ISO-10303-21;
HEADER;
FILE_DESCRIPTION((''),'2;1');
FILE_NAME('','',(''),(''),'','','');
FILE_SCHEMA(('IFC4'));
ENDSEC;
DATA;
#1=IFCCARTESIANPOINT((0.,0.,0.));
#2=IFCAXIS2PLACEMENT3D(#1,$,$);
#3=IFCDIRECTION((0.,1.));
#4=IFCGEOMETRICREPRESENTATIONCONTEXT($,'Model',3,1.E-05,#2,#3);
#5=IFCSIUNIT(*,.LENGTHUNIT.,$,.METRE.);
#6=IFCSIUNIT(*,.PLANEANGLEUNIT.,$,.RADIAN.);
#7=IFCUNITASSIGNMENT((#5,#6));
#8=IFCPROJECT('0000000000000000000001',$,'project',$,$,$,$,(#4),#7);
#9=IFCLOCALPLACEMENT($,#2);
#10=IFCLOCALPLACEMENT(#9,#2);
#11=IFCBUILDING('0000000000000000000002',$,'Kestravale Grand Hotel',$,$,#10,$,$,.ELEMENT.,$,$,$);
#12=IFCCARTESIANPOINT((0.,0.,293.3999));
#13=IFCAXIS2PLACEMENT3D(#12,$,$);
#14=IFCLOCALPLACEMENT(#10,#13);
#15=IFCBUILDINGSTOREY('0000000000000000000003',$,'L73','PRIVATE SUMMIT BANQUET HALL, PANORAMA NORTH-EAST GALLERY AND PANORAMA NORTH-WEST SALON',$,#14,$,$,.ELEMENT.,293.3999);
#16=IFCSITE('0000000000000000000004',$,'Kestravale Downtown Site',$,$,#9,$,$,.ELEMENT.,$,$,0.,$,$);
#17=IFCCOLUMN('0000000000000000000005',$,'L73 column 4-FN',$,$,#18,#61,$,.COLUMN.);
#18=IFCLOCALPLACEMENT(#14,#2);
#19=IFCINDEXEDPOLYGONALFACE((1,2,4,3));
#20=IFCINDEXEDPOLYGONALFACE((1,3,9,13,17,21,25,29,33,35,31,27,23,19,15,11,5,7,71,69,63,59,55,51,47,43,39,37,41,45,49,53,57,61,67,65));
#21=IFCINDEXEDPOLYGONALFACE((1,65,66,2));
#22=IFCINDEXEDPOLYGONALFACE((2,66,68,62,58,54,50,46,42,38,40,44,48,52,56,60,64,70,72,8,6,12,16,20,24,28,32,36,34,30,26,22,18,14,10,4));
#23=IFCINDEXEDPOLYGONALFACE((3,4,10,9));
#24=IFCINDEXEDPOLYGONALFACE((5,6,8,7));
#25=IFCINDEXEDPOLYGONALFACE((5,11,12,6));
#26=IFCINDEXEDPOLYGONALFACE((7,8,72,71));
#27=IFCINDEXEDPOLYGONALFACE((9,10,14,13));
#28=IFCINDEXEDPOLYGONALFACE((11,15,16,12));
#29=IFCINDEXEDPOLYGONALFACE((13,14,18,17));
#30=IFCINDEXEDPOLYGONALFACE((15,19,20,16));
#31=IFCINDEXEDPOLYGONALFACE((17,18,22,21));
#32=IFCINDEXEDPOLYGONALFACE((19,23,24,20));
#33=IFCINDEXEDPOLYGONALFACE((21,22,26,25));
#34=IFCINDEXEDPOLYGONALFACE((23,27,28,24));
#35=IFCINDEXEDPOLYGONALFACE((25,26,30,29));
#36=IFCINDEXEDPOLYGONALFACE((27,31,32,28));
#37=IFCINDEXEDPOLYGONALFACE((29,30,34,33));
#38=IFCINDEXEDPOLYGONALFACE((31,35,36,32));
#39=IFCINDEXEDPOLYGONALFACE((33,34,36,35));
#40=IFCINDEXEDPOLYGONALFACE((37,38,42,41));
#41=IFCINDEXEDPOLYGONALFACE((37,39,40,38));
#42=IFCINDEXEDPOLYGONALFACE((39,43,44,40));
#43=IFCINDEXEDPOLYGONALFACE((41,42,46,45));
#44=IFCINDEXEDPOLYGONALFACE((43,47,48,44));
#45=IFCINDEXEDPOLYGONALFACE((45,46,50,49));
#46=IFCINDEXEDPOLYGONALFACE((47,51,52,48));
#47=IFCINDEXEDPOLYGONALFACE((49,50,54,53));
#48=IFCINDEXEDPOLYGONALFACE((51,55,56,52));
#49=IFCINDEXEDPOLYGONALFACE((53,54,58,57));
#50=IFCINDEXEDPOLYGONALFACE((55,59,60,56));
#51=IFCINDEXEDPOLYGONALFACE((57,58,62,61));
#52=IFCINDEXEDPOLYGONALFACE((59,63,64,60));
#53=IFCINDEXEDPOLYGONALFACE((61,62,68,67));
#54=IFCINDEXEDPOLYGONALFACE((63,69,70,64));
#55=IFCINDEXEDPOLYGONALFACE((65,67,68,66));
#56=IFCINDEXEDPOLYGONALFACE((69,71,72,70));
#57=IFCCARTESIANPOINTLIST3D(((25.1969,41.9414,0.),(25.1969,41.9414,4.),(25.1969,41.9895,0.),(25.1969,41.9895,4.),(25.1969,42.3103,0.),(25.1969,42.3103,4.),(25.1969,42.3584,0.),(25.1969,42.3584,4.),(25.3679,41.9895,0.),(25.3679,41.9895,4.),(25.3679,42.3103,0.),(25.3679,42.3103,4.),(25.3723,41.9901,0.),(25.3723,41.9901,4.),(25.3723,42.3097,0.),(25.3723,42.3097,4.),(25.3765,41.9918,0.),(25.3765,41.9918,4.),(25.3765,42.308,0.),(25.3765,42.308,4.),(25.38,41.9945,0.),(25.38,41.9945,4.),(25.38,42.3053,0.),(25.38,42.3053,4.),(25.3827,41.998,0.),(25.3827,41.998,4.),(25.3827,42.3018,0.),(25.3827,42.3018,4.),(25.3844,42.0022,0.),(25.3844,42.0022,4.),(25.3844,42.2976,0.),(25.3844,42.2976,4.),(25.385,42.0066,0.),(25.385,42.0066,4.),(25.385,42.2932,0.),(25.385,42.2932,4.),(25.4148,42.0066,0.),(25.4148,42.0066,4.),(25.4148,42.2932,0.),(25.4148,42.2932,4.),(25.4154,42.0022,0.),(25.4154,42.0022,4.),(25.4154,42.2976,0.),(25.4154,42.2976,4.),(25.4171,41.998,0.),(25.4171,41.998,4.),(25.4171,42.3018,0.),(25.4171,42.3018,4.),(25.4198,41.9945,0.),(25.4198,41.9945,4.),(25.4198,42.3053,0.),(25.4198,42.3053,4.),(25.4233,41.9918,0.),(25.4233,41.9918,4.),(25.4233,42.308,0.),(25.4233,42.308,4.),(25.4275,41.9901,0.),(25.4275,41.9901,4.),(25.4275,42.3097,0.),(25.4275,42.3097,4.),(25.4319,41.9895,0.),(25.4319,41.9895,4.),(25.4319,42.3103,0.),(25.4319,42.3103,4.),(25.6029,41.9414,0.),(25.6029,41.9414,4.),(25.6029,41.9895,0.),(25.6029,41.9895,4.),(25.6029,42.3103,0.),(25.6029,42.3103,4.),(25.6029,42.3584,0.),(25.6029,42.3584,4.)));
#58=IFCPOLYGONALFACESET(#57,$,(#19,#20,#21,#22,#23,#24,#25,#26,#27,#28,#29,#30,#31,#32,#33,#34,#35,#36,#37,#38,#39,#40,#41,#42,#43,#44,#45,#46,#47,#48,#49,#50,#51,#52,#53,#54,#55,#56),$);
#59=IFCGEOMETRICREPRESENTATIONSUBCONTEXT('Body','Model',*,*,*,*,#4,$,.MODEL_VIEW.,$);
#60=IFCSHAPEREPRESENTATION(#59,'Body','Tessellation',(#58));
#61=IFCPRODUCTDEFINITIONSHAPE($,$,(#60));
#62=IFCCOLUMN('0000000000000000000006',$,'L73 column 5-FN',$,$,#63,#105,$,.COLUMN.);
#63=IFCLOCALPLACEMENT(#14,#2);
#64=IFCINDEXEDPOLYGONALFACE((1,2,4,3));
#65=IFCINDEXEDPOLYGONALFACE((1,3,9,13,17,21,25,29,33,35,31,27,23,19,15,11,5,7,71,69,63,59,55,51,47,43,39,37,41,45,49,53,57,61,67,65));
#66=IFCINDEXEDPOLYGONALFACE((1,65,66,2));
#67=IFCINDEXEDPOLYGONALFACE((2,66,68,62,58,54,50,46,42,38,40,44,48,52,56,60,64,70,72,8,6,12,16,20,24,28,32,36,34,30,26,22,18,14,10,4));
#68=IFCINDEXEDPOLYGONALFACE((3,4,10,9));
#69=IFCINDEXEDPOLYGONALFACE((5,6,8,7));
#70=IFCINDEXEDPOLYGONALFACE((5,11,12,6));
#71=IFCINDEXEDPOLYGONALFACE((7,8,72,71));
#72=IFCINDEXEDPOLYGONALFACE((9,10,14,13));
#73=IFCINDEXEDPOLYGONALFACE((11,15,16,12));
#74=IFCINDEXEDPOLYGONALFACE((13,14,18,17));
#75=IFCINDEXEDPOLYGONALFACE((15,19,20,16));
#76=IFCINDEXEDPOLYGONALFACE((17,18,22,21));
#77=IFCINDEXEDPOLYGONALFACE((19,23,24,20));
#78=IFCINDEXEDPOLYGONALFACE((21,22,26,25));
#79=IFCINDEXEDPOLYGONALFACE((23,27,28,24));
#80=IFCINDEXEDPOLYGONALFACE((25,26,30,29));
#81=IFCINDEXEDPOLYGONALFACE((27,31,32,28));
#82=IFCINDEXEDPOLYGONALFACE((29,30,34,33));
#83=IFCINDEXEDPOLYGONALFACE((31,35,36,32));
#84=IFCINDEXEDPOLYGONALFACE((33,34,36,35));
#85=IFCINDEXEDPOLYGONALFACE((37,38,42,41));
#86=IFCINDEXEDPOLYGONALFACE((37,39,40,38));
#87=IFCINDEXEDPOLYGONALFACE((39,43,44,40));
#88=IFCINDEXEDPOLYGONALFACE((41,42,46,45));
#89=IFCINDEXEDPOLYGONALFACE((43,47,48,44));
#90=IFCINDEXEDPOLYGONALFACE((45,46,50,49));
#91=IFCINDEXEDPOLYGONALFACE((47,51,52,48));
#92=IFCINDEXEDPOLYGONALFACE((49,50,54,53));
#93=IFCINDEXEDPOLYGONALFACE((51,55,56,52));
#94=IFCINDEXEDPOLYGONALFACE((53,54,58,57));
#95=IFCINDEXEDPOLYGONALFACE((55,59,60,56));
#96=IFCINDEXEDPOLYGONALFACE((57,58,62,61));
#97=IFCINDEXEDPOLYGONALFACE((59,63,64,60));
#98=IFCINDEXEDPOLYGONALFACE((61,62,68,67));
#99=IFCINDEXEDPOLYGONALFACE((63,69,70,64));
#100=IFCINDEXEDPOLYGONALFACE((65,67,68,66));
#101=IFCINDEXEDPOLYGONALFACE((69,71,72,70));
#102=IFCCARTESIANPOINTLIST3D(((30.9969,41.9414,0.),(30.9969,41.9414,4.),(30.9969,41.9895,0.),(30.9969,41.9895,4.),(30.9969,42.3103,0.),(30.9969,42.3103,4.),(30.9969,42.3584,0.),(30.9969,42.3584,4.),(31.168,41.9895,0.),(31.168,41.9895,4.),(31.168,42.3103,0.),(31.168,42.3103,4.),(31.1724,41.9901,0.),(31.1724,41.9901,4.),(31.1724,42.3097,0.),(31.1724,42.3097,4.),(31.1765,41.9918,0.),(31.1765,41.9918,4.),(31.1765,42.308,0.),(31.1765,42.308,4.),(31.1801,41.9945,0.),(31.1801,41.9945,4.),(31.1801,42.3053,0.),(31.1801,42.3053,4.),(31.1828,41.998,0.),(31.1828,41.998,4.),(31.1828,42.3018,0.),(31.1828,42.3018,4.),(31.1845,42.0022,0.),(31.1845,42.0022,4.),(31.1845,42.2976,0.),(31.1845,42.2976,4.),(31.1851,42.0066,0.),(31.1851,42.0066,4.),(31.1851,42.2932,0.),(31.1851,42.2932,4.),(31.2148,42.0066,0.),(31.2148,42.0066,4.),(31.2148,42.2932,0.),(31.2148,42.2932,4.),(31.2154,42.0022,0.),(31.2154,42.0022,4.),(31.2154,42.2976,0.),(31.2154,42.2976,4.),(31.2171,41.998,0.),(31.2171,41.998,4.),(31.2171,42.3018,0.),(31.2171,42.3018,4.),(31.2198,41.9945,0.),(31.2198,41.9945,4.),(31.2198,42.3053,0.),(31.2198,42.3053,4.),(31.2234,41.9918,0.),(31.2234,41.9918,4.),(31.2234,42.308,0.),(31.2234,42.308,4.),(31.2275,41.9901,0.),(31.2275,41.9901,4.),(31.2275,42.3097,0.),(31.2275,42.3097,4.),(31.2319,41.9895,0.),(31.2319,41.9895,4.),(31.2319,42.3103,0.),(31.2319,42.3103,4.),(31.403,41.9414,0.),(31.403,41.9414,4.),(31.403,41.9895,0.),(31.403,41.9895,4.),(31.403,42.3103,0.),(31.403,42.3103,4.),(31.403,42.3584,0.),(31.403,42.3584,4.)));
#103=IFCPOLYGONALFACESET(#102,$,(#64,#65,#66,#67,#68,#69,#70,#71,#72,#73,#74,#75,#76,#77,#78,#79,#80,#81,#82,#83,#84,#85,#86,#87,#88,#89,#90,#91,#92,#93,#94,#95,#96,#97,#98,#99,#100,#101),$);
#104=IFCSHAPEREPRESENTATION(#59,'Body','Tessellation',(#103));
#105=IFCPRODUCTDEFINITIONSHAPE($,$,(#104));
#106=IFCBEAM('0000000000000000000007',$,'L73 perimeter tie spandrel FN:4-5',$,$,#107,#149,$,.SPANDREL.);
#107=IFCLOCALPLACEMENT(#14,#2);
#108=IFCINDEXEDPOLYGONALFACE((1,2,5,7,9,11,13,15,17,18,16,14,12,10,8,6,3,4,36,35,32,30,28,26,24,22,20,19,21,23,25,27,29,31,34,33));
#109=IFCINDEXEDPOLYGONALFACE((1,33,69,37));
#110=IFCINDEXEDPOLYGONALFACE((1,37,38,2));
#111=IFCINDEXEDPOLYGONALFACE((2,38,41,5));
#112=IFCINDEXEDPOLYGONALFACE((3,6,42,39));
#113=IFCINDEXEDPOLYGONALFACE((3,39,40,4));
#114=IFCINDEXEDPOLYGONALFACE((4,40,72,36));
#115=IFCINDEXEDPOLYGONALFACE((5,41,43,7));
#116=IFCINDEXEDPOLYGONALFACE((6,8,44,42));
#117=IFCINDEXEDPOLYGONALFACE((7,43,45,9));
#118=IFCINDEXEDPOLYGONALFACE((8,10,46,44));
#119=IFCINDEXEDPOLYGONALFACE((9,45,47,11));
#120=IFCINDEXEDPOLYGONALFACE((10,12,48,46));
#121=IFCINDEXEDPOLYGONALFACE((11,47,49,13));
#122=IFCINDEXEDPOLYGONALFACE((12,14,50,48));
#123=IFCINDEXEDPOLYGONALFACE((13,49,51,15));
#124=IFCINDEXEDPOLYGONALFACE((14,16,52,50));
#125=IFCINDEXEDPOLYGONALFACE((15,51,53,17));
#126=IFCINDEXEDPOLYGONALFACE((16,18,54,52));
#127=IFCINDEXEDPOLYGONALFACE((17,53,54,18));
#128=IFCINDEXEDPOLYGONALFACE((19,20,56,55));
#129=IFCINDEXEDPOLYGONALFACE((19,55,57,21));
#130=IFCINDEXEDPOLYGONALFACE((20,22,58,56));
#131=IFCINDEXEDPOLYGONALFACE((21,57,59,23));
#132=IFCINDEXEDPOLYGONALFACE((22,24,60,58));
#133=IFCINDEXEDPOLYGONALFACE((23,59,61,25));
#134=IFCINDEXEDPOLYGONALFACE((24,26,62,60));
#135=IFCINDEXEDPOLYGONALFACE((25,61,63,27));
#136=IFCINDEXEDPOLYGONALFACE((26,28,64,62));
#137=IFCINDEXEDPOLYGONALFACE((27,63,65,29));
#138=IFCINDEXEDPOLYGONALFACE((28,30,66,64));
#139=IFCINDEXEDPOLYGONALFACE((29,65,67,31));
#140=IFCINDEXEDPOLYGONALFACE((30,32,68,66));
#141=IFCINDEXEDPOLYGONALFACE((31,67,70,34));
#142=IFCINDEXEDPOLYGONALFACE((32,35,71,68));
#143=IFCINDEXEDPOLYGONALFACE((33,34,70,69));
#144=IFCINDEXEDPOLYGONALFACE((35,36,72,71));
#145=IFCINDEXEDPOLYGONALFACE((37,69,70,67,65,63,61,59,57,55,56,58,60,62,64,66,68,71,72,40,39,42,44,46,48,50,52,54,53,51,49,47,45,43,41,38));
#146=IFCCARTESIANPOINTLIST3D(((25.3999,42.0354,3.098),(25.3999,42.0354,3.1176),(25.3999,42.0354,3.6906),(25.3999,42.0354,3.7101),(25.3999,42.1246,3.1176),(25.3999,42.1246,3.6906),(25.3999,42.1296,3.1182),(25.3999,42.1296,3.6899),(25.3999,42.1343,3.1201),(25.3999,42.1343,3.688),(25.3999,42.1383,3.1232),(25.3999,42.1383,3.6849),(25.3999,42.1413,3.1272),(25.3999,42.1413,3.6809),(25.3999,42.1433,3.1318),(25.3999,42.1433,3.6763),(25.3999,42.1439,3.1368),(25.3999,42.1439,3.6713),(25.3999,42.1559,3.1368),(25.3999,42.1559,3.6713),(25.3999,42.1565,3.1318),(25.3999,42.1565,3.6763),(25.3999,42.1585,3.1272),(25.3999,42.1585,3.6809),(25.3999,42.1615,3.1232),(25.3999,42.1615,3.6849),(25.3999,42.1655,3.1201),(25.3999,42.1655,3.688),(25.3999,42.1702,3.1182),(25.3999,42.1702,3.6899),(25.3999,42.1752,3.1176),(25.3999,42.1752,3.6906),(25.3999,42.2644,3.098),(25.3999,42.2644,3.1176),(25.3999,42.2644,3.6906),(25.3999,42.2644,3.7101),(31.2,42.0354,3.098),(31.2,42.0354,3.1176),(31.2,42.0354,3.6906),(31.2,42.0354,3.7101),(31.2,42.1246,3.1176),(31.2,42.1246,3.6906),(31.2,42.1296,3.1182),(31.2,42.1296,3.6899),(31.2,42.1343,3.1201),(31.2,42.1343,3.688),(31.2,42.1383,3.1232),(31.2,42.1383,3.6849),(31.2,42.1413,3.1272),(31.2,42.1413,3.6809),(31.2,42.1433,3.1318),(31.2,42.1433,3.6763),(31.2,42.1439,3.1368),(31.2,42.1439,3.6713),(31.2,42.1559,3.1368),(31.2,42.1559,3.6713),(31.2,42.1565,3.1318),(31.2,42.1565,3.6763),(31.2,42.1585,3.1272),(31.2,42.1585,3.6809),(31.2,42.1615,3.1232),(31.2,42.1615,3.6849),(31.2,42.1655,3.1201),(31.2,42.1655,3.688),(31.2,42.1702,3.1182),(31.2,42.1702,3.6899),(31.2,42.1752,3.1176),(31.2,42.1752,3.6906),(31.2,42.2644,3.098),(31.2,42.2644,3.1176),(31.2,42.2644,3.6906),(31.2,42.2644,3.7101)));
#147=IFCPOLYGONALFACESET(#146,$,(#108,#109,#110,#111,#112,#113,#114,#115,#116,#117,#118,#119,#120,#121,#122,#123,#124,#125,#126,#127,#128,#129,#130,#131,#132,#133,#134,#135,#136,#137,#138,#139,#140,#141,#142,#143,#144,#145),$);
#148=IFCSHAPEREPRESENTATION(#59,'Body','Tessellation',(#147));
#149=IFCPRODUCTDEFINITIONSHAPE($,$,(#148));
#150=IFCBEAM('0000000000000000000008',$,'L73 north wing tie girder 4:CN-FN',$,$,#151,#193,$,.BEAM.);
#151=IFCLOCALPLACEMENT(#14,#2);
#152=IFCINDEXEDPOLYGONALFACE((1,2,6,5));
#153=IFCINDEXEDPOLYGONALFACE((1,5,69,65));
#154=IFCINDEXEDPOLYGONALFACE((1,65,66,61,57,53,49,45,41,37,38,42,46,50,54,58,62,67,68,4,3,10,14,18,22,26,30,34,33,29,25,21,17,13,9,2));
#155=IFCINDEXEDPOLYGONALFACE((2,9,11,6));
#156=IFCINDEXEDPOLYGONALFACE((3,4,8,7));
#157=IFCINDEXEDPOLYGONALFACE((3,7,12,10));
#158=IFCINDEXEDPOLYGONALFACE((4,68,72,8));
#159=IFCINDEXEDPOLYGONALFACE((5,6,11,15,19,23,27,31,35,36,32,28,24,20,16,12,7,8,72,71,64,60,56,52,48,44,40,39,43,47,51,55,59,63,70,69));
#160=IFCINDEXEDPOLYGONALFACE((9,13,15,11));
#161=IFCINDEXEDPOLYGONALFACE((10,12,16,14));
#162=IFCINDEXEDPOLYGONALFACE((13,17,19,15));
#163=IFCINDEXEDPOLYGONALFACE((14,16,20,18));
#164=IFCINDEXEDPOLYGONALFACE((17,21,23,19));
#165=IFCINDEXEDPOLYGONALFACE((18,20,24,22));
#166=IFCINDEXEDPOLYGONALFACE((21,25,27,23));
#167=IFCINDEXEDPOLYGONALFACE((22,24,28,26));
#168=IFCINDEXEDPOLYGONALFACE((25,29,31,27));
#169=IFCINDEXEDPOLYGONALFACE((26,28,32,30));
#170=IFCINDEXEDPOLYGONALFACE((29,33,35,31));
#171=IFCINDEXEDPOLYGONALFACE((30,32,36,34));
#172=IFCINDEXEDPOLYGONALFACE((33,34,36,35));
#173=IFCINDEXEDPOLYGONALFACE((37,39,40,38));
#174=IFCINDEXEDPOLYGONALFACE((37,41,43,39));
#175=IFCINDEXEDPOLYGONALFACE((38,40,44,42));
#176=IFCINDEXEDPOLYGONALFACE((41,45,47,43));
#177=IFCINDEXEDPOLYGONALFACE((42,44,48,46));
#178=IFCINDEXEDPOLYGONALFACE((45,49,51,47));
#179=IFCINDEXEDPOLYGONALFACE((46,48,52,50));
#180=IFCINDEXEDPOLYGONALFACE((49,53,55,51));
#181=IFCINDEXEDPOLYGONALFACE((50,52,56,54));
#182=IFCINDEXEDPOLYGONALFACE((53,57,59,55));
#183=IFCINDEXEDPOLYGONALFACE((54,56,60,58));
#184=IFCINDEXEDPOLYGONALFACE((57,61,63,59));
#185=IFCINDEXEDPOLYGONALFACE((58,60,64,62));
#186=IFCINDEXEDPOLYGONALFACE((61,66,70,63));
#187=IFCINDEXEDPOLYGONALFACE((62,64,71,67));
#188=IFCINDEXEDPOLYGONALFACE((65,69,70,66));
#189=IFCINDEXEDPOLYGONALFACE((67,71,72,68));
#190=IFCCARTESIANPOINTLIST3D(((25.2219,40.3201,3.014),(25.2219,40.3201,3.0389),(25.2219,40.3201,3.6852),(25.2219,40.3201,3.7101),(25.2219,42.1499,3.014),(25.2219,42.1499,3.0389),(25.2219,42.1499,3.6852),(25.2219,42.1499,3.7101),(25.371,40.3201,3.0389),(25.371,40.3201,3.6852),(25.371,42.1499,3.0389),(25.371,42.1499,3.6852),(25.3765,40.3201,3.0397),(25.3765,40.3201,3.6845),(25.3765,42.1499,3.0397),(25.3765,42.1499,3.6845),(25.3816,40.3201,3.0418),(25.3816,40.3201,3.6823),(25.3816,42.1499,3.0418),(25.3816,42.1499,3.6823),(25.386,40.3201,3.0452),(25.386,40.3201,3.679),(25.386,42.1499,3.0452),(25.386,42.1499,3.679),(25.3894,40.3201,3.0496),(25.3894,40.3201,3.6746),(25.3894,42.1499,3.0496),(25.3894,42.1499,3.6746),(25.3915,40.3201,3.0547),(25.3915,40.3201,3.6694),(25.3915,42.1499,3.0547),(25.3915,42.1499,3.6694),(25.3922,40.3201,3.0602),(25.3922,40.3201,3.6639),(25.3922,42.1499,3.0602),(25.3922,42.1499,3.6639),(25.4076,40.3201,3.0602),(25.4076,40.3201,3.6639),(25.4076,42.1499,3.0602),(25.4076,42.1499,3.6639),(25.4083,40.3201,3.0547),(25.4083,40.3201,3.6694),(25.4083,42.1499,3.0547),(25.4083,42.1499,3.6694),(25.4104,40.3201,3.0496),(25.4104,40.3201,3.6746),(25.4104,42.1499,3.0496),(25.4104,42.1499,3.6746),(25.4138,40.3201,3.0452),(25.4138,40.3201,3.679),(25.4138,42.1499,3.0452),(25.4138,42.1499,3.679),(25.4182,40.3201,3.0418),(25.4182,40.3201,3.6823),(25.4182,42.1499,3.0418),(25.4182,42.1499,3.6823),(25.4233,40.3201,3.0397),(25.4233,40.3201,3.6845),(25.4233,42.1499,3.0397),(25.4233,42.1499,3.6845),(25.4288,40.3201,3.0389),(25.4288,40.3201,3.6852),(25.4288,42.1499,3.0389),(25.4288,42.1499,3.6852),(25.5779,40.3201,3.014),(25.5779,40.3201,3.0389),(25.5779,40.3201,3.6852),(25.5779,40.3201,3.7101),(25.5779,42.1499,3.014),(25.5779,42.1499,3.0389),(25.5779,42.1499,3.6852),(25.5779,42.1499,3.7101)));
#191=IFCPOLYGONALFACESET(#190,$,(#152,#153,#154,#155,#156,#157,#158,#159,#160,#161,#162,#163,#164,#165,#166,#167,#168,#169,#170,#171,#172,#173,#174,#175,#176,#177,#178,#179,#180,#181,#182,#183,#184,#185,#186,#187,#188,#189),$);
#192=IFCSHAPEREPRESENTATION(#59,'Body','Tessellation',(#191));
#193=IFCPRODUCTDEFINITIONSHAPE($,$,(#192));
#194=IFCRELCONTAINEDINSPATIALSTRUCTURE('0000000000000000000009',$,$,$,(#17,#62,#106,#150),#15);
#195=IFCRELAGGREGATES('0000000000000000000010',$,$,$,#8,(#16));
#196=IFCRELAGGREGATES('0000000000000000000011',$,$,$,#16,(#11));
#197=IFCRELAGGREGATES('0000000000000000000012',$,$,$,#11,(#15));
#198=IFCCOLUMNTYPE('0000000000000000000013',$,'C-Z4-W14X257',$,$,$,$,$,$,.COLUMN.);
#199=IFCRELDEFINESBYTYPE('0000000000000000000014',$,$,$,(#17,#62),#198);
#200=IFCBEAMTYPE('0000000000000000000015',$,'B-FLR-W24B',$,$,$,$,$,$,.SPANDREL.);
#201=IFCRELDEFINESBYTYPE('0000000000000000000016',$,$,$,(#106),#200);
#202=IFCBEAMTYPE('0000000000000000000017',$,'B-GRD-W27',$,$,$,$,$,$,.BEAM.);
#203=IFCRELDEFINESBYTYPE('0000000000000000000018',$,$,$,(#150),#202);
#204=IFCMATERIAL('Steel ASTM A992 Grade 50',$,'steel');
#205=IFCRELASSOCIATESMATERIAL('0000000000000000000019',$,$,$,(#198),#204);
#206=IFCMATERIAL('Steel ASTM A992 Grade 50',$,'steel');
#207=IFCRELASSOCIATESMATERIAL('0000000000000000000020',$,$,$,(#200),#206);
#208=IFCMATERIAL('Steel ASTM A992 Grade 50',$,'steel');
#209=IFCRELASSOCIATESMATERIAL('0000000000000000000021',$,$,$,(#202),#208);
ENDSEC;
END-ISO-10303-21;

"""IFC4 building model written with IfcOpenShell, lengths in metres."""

from ifc_helpers import new_model, si_unit, direction, frame, origin, origin_2d, place, context, subcontext, project, spatial, i_section, extrude, material, material_profile, profile_set, type_object, element, save


model = new_model("IFC4")

# Units and contexts
model_context = context("Model", 3, precision=1e-05, world=origin(), true_north=direction((0.0, 1.0)))
body_context = subcontext(model_context, "Body", "Model", "MODEL_VIEW")
ifc_project = project(units=[si_unit("LENGTHUNIT", "METRE"), si_unit("PLANEANGLEUNIT", "RADIAN")], contexts=[model_context])

# Site, building, storey
site_placement = place(None, origin())
site = spatial("IfcSite", under=ifc_project, at=site_placement, Name="Kestravale Downtown Site", CompositionType="ELEMENT", RefElevation=0.0)
building_placement = place(site_placement, origin())
building = spatial("IfcBuilding", under=site, at=building_placement, Name="Kestravale Grand Hotel", CompositionType="ELEMENT")
storey_placement = place(building_placement, frame((0.0, 0.0, 293.3999)))
storey = spatial("IfcBuildingStorey", under=building, at=storey_placement, Name="L73", Description="PRIVATE SUMMIT BANQUET HALL, PANORAMA NORTH-EAST GALLERY AND PANORAMA NORTH-WEST SALON", CompositionType="ELEMENT", Elevation=293.3999)

# Columns
ifc_material_1 = material(Name="Steel ASTM A992 Grade 50", Category="steel")
ifc_material_profile_1 = material_profile(ifc_material_1, i_section(OverallWidth=0.406, OverallDepth=0.417, WebThickness=0.0298, FlangeThickness=0.0481, FilletRadius=0.0171, at=origin_2d()))
ifc_profile_set_1 = profile_set([ifc_material_profile_1], Name="Steel ASTM A992 Grade 50")
column_type = type_object("IfcColumnType", Name="C-Z4-W14X257", PredefinedType="COLUMN", material=ifc_profile_set_1)
for number, where, z_axis, x_axis, name in (
    (1, (25.3999, 42.1499, 0.0), (0.0, 0.0, 1.0), (1.0, 0.0, 0.0), "L73 column 4-FN"),
    (2, (31.2, 42.1499, 0.0), (0.0, 0.0, 1.0), (1.0, 0.0, 0.0), "L73 column 5-FN"),
):
    element("IfcColumn", number, at=place(storey_placement, frame(where, z_axis=z_axis, x_axis=x_axis)), inside=storey, type_object=column_type, Name=name, PredefinedType="COLUMN", context=body_context, shape_type="SweptSolid", body=[
        extrude(i_section(OverallWidth=0.406, OverallDepth=0.417, WebThickness=0.0298, FlangeThickness=0.0481, FilletRadius=0.0171, at=origin_2d()), origin(), (0.0, 0.0, 1.0), 4.0),
    ])

# Beams
ifc_material_2 = material(Name="Steel ASTM A992 Grade 50", Category="steel")
ifc_material_profile_2 = material_profile(ifc_material_2, i_section(OverallWidth=0.229, OverallDepth=0.6121, WebThickness=0.012, FlangeThickness=0.0195, FilletRadius=0.0193, at=origin_2d()))
ifc_profile_set_2 = profile_set([ifc_material_profile_2], Name="Steel ASTM A992 Grade 50")
beam_type_1 = type_object("IfcBeamType", Name="B-FLR-W24B", PredefinedType="SPANDREL", material=ifc_profile_set_2)
beam_placement = place(storey_placement, frame((25.3999, 42.1499, 3.4041), z_axis=(1.0, 0.0, 0.0), x_axis=(0.0, 1.0, 0.0)))
element("IfcBeam", 3, at=beam_placement, inside=storey, type_object=beam_type_1, Name="L73 perimeter tie spandrel FN:4-5", PredefinedType="SPANDREL", context=body_context, shape_type="SweptSolid", body=[
    extrude(i_section(OverallWidth=0.229, OverallDepth=0.6121, WebThickness=0.012, FlangeThickness=0.0195, FilletRadius=0.0193, at=origin_2d()), origin(), (0.0, 0.0, 1.0), 5.8),
])
ifc_material_3 = material(Name="Steel ASTM A992 Grade 50", Category="steel")
ifc_material_profile_3 = material_profile(ifc_material_3, i_section(OverallWidth=0.356, OverallDepth=0.696, WebThickness=0.0154, FlangeThickness=0.0249, FilletRadius=0.0212, at=origin_2d()))
ifc_profile_set_3 = profile_set([ifc_material_profile_3], Name="Steel ASTM A992 Grade 50")
beam_type_2 = type_object("IfcBeamType", Name="B-GRD-W27", PredefinedType="BEAM", material=ifc_profile_set_3)
for number, where, z_axis, x_axis, name in (
    (4, (25.3999, 40.3201, 3.3621), (0.0, 1.0, 0.0), (-1.0, 0.0, 0.0), "L73 north wing tie girder 4:CN-FN"),
):
    element("IfcBeam", number, at=place(storey_placement, frame(where, z_axis=z_axis, x_axis=x_axis)), inside=storey, type_object=beam_type_2, Name=name, PredefinedType="BEAM", context=body_context, shape_type="SweptSolid", body=[
        extrude(i_section(OverallWidth=0.356, OverallDepth=0.696, WebThickness=0.0154, FlangeThickness=0.0249, FilletRadius=0.0212, at=origin_2d()), origin(), (0.0, 0.0, 1.0), 1.8298),
    ])

save(model, "model.ifc")
